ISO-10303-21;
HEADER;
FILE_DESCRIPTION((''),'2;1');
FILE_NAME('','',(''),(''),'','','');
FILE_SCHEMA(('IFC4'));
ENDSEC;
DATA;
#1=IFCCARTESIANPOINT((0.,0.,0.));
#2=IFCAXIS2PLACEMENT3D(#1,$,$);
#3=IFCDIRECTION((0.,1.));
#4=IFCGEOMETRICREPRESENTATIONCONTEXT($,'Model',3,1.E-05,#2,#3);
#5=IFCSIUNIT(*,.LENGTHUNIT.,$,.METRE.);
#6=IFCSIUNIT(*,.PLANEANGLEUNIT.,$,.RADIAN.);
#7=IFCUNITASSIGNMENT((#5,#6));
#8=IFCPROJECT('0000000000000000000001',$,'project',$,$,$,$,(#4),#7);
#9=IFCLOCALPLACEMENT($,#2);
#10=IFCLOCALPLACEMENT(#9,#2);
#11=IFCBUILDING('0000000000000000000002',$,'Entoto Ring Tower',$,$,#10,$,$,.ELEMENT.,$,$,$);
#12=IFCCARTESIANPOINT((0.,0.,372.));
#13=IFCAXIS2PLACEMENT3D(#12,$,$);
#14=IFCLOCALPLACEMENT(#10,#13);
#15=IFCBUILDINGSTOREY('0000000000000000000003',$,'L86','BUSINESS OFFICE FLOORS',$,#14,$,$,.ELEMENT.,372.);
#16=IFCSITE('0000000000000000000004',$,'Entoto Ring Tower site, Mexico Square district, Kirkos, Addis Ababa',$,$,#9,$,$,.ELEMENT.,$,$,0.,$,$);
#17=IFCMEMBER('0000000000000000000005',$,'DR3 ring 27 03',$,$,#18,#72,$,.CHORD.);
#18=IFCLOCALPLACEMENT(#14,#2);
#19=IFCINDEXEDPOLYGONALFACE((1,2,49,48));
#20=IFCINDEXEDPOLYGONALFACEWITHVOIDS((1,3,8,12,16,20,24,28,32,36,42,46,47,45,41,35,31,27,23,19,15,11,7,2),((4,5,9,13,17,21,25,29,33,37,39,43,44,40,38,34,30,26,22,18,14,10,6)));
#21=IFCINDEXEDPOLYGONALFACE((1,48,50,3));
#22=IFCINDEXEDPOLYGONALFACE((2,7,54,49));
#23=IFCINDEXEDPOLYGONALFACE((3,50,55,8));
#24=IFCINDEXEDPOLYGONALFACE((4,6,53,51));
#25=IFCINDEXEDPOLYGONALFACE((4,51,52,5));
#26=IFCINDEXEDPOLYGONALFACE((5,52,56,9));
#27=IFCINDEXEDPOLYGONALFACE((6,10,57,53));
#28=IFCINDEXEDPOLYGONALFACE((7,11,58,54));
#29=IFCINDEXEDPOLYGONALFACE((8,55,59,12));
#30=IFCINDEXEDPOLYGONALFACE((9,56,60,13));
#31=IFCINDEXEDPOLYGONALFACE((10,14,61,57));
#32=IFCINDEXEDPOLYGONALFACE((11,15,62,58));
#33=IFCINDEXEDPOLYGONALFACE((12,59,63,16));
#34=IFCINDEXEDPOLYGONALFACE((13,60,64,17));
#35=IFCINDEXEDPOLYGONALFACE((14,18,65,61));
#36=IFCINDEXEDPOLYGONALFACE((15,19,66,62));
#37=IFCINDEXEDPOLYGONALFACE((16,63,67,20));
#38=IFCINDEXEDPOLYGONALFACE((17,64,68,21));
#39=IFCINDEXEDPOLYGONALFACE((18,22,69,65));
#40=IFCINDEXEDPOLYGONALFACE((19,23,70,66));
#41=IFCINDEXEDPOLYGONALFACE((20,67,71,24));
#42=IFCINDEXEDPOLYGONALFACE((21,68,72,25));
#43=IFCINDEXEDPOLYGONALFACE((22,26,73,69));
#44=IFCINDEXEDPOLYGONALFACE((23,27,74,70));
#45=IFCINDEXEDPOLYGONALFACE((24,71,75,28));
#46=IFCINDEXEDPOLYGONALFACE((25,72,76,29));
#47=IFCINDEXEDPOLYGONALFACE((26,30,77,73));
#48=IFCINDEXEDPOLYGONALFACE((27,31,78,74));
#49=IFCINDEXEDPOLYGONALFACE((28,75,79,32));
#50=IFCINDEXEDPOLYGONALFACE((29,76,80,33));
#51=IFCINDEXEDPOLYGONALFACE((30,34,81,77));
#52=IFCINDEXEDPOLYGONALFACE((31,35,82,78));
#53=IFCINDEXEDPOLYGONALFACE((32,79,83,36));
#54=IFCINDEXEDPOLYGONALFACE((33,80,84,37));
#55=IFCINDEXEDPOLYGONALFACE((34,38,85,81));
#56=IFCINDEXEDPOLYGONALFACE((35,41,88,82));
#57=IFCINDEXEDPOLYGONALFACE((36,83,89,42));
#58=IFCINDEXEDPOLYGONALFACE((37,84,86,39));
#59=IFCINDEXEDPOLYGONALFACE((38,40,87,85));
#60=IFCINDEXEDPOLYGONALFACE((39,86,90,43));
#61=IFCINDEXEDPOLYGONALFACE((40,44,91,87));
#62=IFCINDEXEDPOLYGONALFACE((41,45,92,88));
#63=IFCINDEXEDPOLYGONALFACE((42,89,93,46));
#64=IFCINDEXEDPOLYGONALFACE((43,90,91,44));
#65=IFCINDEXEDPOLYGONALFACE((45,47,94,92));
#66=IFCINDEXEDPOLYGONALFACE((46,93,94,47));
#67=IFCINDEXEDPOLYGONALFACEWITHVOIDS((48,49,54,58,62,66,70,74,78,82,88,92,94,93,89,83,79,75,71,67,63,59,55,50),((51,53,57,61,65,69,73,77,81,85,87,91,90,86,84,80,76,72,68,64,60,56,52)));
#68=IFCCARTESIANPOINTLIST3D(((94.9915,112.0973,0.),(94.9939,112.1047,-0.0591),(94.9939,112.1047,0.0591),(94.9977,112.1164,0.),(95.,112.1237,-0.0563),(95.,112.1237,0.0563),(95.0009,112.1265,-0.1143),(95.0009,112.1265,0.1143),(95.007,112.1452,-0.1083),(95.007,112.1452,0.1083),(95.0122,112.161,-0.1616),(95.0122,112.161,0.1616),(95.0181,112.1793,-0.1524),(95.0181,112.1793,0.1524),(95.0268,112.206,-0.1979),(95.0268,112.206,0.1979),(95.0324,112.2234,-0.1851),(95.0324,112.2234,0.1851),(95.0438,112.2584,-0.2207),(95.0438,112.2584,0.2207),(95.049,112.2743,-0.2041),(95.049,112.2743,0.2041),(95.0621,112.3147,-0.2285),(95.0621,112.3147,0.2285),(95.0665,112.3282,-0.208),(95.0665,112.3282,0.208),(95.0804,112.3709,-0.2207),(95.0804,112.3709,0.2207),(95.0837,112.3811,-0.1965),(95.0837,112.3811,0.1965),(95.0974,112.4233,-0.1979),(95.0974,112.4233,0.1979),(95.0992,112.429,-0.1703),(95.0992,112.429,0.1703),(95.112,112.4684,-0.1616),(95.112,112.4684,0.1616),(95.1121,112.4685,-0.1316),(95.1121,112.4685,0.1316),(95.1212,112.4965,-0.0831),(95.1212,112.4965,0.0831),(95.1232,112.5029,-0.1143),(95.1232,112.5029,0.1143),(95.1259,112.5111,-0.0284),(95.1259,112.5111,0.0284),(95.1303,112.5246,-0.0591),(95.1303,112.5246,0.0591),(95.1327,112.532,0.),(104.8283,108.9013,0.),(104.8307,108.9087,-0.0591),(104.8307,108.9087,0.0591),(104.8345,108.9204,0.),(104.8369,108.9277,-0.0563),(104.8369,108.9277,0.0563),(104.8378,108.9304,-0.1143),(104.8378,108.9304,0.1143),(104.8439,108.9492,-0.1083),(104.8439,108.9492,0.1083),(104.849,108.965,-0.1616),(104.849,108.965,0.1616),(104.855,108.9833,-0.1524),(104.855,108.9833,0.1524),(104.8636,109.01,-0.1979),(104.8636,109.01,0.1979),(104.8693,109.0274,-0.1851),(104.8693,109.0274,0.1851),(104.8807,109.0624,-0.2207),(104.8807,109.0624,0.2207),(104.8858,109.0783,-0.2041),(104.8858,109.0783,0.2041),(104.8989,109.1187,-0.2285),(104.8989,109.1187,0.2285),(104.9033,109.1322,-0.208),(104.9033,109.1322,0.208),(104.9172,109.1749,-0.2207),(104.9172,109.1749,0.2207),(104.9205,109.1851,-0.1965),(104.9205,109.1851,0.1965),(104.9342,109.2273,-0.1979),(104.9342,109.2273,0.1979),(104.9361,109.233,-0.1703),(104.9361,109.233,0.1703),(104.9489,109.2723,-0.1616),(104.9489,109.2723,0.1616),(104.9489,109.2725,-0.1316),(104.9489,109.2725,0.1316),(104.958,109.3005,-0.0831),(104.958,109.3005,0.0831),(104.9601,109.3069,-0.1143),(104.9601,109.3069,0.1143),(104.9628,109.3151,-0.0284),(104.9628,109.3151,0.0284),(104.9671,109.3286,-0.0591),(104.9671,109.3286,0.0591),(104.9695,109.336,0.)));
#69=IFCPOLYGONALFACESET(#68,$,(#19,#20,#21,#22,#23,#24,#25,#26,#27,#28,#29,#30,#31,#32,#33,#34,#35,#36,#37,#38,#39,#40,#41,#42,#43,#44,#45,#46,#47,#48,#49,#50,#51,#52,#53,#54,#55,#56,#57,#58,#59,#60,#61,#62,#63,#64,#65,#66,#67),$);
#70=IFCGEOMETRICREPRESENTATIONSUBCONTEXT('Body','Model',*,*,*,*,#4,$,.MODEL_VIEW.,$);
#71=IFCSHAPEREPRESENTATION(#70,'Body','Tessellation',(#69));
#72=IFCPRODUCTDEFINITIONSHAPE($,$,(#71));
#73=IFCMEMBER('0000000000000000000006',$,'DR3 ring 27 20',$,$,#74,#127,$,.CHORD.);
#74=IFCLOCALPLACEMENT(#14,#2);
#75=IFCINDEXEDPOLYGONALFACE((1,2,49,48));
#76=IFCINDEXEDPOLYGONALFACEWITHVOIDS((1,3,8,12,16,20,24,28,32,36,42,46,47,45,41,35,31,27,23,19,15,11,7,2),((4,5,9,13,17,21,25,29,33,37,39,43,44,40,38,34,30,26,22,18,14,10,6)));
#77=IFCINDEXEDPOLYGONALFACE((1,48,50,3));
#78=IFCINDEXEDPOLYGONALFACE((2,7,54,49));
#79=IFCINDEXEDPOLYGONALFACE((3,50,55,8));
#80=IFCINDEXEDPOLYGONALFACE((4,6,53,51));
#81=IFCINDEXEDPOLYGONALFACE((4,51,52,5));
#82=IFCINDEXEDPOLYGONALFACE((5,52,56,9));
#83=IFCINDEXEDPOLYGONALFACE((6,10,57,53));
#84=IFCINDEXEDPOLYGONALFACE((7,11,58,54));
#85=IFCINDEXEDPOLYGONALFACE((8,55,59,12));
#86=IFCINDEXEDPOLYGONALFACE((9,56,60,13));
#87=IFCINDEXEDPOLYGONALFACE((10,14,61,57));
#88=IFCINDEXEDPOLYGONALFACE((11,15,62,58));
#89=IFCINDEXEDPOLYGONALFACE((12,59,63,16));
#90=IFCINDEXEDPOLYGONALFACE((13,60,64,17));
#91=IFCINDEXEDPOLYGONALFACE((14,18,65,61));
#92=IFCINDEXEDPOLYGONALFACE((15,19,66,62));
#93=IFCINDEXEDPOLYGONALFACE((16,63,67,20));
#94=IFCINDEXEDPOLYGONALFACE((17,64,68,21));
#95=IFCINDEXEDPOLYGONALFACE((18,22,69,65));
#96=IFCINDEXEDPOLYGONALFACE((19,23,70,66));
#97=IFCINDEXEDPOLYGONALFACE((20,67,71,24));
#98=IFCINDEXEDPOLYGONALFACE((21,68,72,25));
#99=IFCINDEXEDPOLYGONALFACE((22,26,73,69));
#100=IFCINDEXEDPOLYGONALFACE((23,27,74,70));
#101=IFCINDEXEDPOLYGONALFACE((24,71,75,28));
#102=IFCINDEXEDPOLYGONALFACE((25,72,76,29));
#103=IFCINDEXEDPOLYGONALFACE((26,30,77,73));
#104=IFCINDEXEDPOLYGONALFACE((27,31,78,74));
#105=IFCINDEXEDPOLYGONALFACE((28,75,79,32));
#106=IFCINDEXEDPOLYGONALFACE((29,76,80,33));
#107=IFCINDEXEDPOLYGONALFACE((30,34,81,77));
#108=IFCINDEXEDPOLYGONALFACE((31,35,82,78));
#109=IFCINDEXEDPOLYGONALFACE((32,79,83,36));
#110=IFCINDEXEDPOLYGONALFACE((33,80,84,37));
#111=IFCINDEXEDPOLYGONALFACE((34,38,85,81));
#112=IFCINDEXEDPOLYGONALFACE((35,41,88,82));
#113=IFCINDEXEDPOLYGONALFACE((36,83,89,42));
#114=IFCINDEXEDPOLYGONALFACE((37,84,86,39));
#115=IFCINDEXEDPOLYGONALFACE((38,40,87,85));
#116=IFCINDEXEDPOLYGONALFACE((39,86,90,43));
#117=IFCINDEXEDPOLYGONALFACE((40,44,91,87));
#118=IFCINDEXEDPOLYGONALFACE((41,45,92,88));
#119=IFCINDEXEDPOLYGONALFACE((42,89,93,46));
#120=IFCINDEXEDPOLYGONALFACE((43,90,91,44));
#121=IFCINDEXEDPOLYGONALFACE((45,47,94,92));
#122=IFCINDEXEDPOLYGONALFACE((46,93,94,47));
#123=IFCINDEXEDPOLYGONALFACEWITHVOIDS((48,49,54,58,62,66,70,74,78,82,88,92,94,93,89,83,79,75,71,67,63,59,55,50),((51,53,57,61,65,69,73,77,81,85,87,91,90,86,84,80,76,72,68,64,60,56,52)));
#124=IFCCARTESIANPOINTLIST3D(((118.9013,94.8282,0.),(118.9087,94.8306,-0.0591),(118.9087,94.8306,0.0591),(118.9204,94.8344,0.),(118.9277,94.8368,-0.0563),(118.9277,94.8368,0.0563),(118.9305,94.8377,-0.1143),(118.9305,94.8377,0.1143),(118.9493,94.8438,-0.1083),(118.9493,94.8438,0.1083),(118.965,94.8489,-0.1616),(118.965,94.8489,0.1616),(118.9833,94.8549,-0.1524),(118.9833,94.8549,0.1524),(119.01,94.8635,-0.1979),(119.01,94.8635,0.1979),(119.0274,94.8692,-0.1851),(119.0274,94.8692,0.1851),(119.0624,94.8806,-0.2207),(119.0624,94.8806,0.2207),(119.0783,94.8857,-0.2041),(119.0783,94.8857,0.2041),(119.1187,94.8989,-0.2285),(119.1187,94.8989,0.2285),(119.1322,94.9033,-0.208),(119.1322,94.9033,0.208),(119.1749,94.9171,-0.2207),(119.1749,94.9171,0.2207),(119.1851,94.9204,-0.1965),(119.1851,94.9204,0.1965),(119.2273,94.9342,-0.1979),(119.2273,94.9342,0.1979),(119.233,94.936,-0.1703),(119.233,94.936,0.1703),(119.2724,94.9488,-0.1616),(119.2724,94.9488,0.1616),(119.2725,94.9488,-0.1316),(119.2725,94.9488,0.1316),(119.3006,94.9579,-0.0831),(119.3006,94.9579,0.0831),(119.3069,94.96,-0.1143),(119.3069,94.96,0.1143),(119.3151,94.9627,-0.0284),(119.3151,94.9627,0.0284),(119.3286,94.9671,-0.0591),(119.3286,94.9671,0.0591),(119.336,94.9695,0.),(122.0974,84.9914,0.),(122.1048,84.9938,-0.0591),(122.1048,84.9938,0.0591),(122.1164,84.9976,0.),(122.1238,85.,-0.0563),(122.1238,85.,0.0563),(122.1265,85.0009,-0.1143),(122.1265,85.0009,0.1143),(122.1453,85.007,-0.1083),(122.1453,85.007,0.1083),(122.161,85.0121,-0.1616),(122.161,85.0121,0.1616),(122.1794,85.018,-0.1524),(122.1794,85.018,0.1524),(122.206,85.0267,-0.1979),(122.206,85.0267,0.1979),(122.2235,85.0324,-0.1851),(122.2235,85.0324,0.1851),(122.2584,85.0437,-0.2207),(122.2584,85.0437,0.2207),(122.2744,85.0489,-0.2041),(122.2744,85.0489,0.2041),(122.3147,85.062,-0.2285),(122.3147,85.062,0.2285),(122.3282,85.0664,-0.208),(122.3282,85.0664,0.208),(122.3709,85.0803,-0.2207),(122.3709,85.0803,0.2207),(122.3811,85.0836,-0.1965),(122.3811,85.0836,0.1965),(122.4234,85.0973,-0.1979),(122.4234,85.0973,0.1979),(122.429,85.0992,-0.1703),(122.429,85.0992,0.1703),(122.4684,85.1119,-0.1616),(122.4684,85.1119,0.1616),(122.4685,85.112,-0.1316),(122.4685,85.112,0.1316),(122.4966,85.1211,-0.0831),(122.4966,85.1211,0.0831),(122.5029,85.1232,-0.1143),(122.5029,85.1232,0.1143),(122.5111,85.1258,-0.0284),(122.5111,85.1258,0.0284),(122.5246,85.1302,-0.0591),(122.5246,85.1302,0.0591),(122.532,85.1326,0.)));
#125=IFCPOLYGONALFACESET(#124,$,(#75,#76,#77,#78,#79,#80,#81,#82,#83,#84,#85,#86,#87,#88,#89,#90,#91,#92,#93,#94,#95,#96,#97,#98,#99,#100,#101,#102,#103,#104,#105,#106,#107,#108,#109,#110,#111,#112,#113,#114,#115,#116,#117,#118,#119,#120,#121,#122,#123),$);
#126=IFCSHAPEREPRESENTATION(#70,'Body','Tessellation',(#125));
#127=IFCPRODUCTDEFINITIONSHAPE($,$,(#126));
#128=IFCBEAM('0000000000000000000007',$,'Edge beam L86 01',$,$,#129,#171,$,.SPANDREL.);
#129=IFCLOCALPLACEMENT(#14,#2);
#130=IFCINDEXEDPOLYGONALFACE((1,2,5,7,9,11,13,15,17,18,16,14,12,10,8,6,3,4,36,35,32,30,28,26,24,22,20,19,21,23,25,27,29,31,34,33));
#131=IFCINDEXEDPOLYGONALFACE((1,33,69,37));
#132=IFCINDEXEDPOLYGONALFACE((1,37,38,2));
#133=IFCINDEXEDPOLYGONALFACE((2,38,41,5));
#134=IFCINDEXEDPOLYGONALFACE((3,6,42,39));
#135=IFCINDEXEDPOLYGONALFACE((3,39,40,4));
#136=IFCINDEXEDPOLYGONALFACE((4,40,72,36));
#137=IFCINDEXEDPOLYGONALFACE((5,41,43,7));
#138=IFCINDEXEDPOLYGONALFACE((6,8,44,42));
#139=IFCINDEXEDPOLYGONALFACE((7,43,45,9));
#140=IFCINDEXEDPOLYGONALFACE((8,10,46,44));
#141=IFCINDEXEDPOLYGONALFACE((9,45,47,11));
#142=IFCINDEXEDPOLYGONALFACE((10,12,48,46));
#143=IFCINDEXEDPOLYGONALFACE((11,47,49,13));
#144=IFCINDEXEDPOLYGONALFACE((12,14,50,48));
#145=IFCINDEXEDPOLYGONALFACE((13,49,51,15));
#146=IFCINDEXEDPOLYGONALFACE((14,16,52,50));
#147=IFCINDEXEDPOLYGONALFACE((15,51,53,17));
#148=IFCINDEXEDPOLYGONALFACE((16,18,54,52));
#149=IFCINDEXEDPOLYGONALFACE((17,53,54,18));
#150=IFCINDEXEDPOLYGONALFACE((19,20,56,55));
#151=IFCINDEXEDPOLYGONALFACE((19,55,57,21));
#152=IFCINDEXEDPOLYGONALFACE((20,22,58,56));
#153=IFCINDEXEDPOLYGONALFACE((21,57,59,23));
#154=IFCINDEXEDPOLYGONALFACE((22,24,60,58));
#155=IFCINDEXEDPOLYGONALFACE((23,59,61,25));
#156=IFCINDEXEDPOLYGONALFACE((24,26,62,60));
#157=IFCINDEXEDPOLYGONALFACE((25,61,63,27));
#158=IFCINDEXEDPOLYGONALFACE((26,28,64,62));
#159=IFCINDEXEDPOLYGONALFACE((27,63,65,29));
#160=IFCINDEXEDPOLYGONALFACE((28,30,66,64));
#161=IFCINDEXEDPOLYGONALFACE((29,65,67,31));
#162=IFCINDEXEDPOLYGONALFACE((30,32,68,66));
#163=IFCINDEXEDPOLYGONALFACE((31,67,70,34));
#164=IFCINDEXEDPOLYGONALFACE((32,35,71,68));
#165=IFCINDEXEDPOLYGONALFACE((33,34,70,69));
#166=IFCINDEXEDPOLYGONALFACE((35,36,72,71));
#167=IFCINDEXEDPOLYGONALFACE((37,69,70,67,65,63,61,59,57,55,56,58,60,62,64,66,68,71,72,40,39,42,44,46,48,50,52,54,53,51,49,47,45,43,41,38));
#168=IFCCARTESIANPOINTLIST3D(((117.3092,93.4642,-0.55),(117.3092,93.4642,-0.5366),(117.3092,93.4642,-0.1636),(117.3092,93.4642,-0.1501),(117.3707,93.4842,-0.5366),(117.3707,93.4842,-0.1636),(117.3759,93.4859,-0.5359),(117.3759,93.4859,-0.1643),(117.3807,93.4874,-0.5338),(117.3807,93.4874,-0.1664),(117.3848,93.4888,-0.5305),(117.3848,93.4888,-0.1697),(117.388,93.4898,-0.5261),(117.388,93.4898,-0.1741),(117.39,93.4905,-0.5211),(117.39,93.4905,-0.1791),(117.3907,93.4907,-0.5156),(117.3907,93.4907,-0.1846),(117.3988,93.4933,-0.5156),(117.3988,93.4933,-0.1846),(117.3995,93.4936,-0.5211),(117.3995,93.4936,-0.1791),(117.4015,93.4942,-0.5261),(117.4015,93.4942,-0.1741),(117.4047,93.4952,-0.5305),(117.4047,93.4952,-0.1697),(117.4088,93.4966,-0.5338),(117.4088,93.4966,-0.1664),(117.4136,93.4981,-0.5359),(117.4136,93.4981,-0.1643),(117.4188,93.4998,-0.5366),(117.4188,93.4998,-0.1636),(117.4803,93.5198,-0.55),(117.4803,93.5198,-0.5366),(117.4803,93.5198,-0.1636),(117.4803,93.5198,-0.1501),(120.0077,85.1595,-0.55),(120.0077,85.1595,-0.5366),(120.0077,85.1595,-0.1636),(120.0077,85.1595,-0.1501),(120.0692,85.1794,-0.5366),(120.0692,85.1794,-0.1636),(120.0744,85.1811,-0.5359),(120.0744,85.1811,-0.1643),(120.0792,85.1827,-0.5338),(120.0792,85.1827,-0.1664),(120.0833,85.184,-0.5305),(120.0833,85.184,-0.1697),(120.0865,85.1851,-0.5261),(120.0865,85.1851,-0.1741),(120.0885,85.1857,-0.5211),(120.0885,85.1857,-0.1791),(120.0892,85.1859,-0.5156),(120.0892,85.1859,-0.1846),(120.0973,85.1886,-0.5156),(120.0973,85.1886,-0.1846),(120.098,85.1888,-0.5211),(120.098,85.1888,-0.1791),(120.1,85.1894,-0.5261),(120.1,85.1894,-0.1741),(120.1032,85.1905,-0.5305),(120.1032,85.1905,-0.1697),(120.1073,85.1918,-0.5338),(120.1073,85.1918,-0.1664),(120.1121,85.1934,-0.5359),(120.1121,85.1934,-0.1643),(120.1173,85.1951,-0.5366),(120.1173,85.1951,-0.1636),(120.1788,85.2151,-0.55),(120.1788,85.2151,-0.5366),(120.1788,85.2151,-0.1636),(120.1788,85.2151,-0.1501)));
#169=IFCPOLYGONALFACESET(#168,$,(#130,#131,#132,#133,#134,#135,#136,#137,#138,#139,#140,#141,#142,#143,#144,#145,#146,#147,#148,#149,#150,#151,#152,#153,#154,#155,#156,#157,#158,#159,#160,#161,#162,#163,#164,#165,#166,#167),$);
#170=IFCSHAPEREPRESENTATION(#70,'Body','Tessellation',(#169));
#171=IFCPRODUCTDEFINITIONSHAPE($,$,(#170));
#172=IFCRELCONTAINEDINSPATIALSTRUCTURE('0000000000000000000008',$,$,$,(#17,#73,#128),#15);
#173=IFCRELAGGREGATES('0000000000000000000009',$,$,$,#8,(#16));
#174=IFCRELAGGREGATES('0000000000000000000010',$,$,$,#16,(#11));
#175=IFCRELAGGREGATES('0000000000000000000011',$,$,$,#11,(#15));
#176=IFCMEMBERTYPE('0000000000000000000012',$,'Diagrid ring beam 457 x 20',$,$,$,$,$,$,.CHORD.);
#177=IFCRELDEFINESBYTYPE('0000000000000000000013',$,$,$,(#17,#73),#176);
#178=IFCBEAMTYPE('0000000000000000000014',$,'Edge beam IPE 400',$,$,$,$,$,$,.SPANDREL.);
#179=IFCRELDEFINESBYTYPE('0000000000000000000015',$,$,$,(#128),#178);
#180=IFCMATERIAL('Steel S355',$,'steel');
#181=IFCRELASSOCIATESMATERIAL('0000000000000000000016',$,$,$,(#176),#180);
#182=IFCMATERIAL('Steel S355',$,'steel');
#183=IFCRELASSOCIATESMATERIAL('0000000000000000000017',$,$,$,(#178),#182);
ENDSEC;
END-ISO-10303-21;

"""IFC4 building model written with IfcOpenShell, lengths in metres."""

from ifc_helpers import new_model, si_unit, direction, frame, origin, origin_2d, place, context, subcontext, project, spatial, circle, hollow_circle, i_section, extrude, material, material_profile, profile_set, type_object, element, save


model = new_model("IFC4")

# Units and contexts
model_context = context("Model", 3, precision=1e-05, world=origin(), true_north=direction((0.0, 1.0)))
body_context = subcontext(model_context, "Body", "Model", "MODEL_VIEW")
ifc_project = project(units=[si_unit("LENGTHUNIT", "METRE"), si_unit("PLANEANGLEUNIT", "RADIAN")], contexts=[model_context])

# Site, building, storey
site_placement = place(None, origin())
site = spatial("IfcSite", under=ifc_project, at=site_placement, Name="Entoto Ring Tower site, Mexico Square district, Kirkos, Addis Ababa", CompositionType="ELEMENT", RefElevation=0.0)
building_placement = place(site_placement, origin())
building = spatial("IfcBuilding", under=site, at=building_placement, Name="Entoto Ring Tower", CompositionType="ELEMENT")
storey_placement = place(building_placement, frame((0.0, 0.0, 372.0)))
storey = spatial("IfcBuildingStorey", under=building, at=storey_placement, Name="L86", Description="BUSINESS OFFICE FLOORS", CompositionType="ELEMENT", Elevation=372.0)

# Members
ifc_material_1 = material(Name="Steel S355", Category="steel")
ifc_material_profile_1 = material_profile(ifc_material_1, hollow_circle(Radius=0.2285, WallThickness=0.02, at=origin_2d()), Name="CHS 457 x 20")
ifc_material_2 = material(Name="Concrete C60/75", Category="concrete")
ifc_material_profile_2 = material_profile(ifc_material_2, circle(Radius=0.2085, at=origin_2d()), Name="Concrete C60/75 infill")
ifc_profile_set_1 = profile_set([ifc_material_profile_1, ifc_material_profile_2], Name="Steel S355")
member_type_1 = type_object("IfcMemberType", Name="Diagrid ring beam 457 x 20", PredefinedType="CHORD", material=ifc_profile_set_1)
for number, where, z_axis, x_axis, name in (
    (1, (104.8989, 109.1187, 0.0), (-0.951061, 0.309003, 0.0), (-0.309003, -0.951061, 0.0), "DR3 ring 27 03"),
    (2, (122.3147, 85.062, 0.0), (-0.309003, 0.951061, 0.0), (-0.951061, -0.309003, 0.0), "DR3 ring 27 20"),
):
    element("IfcMember", number, at=place(storey_placement, frame(where, z_axis=z_axis, x_axis=x_axis)), inside=storey, type_object=member_type_1, Name=name, PredefinedType="CHORD", context=body_context, shape_type="SweptSolid", body=[
        extrude(hollow_circle(Radius=0.2285, WallThickness=0.02, at=origin_2d()), origin(), (0.0, 0.0, 1.0), 10.343),
    ])

# Beam
ifc_material_3 = material(Name="Steel S355", Category="steel")
ifc_material_profile_3 = material_profile(ifc_material_3, i_section(OverallWidth=0.1799, OverallDepth=0.3999, WebThickness=0.0085, FlangeThickness=0.0134, FilletRadius=0.021, at=origin_2d()), Name="IPE 400")
ifc_profile_set_2 = profile_set([ifc_material_profile_3], Name="Steel S355")
beam_type_1 = type_object("IfcBeamType", Name="Edge beam IPE 400", PredefinedType="SPANDREL", material=ifc_profile_set_2)
beam_1_placement = place(storey_placement, frame((120.0933, 85.1873, -0.3501), z_axis=(-0.30903, 0.951052, 0.0), x_axis=(-0.951052, -0.30903, 0.0)))
element("IfcBeam", 3, at=beam_1_placement, inside=storey, type_object=beam_type_1, Name="Edge beam L86 01", PredefinedType="SPANDREL", context=body_context, shape_type="SweptSolid", body=[
    extrude(i_section(OverallWidth=0.1799, OverallDepth=0.3999, WebThickness=0.0085, FlangeThickness=0.0134, FilletRadius=0.021, at=origin_2d()), origin(), (0.0, 0.0, 1.0), 8.7322),
])

save(model, "model.ifc")
